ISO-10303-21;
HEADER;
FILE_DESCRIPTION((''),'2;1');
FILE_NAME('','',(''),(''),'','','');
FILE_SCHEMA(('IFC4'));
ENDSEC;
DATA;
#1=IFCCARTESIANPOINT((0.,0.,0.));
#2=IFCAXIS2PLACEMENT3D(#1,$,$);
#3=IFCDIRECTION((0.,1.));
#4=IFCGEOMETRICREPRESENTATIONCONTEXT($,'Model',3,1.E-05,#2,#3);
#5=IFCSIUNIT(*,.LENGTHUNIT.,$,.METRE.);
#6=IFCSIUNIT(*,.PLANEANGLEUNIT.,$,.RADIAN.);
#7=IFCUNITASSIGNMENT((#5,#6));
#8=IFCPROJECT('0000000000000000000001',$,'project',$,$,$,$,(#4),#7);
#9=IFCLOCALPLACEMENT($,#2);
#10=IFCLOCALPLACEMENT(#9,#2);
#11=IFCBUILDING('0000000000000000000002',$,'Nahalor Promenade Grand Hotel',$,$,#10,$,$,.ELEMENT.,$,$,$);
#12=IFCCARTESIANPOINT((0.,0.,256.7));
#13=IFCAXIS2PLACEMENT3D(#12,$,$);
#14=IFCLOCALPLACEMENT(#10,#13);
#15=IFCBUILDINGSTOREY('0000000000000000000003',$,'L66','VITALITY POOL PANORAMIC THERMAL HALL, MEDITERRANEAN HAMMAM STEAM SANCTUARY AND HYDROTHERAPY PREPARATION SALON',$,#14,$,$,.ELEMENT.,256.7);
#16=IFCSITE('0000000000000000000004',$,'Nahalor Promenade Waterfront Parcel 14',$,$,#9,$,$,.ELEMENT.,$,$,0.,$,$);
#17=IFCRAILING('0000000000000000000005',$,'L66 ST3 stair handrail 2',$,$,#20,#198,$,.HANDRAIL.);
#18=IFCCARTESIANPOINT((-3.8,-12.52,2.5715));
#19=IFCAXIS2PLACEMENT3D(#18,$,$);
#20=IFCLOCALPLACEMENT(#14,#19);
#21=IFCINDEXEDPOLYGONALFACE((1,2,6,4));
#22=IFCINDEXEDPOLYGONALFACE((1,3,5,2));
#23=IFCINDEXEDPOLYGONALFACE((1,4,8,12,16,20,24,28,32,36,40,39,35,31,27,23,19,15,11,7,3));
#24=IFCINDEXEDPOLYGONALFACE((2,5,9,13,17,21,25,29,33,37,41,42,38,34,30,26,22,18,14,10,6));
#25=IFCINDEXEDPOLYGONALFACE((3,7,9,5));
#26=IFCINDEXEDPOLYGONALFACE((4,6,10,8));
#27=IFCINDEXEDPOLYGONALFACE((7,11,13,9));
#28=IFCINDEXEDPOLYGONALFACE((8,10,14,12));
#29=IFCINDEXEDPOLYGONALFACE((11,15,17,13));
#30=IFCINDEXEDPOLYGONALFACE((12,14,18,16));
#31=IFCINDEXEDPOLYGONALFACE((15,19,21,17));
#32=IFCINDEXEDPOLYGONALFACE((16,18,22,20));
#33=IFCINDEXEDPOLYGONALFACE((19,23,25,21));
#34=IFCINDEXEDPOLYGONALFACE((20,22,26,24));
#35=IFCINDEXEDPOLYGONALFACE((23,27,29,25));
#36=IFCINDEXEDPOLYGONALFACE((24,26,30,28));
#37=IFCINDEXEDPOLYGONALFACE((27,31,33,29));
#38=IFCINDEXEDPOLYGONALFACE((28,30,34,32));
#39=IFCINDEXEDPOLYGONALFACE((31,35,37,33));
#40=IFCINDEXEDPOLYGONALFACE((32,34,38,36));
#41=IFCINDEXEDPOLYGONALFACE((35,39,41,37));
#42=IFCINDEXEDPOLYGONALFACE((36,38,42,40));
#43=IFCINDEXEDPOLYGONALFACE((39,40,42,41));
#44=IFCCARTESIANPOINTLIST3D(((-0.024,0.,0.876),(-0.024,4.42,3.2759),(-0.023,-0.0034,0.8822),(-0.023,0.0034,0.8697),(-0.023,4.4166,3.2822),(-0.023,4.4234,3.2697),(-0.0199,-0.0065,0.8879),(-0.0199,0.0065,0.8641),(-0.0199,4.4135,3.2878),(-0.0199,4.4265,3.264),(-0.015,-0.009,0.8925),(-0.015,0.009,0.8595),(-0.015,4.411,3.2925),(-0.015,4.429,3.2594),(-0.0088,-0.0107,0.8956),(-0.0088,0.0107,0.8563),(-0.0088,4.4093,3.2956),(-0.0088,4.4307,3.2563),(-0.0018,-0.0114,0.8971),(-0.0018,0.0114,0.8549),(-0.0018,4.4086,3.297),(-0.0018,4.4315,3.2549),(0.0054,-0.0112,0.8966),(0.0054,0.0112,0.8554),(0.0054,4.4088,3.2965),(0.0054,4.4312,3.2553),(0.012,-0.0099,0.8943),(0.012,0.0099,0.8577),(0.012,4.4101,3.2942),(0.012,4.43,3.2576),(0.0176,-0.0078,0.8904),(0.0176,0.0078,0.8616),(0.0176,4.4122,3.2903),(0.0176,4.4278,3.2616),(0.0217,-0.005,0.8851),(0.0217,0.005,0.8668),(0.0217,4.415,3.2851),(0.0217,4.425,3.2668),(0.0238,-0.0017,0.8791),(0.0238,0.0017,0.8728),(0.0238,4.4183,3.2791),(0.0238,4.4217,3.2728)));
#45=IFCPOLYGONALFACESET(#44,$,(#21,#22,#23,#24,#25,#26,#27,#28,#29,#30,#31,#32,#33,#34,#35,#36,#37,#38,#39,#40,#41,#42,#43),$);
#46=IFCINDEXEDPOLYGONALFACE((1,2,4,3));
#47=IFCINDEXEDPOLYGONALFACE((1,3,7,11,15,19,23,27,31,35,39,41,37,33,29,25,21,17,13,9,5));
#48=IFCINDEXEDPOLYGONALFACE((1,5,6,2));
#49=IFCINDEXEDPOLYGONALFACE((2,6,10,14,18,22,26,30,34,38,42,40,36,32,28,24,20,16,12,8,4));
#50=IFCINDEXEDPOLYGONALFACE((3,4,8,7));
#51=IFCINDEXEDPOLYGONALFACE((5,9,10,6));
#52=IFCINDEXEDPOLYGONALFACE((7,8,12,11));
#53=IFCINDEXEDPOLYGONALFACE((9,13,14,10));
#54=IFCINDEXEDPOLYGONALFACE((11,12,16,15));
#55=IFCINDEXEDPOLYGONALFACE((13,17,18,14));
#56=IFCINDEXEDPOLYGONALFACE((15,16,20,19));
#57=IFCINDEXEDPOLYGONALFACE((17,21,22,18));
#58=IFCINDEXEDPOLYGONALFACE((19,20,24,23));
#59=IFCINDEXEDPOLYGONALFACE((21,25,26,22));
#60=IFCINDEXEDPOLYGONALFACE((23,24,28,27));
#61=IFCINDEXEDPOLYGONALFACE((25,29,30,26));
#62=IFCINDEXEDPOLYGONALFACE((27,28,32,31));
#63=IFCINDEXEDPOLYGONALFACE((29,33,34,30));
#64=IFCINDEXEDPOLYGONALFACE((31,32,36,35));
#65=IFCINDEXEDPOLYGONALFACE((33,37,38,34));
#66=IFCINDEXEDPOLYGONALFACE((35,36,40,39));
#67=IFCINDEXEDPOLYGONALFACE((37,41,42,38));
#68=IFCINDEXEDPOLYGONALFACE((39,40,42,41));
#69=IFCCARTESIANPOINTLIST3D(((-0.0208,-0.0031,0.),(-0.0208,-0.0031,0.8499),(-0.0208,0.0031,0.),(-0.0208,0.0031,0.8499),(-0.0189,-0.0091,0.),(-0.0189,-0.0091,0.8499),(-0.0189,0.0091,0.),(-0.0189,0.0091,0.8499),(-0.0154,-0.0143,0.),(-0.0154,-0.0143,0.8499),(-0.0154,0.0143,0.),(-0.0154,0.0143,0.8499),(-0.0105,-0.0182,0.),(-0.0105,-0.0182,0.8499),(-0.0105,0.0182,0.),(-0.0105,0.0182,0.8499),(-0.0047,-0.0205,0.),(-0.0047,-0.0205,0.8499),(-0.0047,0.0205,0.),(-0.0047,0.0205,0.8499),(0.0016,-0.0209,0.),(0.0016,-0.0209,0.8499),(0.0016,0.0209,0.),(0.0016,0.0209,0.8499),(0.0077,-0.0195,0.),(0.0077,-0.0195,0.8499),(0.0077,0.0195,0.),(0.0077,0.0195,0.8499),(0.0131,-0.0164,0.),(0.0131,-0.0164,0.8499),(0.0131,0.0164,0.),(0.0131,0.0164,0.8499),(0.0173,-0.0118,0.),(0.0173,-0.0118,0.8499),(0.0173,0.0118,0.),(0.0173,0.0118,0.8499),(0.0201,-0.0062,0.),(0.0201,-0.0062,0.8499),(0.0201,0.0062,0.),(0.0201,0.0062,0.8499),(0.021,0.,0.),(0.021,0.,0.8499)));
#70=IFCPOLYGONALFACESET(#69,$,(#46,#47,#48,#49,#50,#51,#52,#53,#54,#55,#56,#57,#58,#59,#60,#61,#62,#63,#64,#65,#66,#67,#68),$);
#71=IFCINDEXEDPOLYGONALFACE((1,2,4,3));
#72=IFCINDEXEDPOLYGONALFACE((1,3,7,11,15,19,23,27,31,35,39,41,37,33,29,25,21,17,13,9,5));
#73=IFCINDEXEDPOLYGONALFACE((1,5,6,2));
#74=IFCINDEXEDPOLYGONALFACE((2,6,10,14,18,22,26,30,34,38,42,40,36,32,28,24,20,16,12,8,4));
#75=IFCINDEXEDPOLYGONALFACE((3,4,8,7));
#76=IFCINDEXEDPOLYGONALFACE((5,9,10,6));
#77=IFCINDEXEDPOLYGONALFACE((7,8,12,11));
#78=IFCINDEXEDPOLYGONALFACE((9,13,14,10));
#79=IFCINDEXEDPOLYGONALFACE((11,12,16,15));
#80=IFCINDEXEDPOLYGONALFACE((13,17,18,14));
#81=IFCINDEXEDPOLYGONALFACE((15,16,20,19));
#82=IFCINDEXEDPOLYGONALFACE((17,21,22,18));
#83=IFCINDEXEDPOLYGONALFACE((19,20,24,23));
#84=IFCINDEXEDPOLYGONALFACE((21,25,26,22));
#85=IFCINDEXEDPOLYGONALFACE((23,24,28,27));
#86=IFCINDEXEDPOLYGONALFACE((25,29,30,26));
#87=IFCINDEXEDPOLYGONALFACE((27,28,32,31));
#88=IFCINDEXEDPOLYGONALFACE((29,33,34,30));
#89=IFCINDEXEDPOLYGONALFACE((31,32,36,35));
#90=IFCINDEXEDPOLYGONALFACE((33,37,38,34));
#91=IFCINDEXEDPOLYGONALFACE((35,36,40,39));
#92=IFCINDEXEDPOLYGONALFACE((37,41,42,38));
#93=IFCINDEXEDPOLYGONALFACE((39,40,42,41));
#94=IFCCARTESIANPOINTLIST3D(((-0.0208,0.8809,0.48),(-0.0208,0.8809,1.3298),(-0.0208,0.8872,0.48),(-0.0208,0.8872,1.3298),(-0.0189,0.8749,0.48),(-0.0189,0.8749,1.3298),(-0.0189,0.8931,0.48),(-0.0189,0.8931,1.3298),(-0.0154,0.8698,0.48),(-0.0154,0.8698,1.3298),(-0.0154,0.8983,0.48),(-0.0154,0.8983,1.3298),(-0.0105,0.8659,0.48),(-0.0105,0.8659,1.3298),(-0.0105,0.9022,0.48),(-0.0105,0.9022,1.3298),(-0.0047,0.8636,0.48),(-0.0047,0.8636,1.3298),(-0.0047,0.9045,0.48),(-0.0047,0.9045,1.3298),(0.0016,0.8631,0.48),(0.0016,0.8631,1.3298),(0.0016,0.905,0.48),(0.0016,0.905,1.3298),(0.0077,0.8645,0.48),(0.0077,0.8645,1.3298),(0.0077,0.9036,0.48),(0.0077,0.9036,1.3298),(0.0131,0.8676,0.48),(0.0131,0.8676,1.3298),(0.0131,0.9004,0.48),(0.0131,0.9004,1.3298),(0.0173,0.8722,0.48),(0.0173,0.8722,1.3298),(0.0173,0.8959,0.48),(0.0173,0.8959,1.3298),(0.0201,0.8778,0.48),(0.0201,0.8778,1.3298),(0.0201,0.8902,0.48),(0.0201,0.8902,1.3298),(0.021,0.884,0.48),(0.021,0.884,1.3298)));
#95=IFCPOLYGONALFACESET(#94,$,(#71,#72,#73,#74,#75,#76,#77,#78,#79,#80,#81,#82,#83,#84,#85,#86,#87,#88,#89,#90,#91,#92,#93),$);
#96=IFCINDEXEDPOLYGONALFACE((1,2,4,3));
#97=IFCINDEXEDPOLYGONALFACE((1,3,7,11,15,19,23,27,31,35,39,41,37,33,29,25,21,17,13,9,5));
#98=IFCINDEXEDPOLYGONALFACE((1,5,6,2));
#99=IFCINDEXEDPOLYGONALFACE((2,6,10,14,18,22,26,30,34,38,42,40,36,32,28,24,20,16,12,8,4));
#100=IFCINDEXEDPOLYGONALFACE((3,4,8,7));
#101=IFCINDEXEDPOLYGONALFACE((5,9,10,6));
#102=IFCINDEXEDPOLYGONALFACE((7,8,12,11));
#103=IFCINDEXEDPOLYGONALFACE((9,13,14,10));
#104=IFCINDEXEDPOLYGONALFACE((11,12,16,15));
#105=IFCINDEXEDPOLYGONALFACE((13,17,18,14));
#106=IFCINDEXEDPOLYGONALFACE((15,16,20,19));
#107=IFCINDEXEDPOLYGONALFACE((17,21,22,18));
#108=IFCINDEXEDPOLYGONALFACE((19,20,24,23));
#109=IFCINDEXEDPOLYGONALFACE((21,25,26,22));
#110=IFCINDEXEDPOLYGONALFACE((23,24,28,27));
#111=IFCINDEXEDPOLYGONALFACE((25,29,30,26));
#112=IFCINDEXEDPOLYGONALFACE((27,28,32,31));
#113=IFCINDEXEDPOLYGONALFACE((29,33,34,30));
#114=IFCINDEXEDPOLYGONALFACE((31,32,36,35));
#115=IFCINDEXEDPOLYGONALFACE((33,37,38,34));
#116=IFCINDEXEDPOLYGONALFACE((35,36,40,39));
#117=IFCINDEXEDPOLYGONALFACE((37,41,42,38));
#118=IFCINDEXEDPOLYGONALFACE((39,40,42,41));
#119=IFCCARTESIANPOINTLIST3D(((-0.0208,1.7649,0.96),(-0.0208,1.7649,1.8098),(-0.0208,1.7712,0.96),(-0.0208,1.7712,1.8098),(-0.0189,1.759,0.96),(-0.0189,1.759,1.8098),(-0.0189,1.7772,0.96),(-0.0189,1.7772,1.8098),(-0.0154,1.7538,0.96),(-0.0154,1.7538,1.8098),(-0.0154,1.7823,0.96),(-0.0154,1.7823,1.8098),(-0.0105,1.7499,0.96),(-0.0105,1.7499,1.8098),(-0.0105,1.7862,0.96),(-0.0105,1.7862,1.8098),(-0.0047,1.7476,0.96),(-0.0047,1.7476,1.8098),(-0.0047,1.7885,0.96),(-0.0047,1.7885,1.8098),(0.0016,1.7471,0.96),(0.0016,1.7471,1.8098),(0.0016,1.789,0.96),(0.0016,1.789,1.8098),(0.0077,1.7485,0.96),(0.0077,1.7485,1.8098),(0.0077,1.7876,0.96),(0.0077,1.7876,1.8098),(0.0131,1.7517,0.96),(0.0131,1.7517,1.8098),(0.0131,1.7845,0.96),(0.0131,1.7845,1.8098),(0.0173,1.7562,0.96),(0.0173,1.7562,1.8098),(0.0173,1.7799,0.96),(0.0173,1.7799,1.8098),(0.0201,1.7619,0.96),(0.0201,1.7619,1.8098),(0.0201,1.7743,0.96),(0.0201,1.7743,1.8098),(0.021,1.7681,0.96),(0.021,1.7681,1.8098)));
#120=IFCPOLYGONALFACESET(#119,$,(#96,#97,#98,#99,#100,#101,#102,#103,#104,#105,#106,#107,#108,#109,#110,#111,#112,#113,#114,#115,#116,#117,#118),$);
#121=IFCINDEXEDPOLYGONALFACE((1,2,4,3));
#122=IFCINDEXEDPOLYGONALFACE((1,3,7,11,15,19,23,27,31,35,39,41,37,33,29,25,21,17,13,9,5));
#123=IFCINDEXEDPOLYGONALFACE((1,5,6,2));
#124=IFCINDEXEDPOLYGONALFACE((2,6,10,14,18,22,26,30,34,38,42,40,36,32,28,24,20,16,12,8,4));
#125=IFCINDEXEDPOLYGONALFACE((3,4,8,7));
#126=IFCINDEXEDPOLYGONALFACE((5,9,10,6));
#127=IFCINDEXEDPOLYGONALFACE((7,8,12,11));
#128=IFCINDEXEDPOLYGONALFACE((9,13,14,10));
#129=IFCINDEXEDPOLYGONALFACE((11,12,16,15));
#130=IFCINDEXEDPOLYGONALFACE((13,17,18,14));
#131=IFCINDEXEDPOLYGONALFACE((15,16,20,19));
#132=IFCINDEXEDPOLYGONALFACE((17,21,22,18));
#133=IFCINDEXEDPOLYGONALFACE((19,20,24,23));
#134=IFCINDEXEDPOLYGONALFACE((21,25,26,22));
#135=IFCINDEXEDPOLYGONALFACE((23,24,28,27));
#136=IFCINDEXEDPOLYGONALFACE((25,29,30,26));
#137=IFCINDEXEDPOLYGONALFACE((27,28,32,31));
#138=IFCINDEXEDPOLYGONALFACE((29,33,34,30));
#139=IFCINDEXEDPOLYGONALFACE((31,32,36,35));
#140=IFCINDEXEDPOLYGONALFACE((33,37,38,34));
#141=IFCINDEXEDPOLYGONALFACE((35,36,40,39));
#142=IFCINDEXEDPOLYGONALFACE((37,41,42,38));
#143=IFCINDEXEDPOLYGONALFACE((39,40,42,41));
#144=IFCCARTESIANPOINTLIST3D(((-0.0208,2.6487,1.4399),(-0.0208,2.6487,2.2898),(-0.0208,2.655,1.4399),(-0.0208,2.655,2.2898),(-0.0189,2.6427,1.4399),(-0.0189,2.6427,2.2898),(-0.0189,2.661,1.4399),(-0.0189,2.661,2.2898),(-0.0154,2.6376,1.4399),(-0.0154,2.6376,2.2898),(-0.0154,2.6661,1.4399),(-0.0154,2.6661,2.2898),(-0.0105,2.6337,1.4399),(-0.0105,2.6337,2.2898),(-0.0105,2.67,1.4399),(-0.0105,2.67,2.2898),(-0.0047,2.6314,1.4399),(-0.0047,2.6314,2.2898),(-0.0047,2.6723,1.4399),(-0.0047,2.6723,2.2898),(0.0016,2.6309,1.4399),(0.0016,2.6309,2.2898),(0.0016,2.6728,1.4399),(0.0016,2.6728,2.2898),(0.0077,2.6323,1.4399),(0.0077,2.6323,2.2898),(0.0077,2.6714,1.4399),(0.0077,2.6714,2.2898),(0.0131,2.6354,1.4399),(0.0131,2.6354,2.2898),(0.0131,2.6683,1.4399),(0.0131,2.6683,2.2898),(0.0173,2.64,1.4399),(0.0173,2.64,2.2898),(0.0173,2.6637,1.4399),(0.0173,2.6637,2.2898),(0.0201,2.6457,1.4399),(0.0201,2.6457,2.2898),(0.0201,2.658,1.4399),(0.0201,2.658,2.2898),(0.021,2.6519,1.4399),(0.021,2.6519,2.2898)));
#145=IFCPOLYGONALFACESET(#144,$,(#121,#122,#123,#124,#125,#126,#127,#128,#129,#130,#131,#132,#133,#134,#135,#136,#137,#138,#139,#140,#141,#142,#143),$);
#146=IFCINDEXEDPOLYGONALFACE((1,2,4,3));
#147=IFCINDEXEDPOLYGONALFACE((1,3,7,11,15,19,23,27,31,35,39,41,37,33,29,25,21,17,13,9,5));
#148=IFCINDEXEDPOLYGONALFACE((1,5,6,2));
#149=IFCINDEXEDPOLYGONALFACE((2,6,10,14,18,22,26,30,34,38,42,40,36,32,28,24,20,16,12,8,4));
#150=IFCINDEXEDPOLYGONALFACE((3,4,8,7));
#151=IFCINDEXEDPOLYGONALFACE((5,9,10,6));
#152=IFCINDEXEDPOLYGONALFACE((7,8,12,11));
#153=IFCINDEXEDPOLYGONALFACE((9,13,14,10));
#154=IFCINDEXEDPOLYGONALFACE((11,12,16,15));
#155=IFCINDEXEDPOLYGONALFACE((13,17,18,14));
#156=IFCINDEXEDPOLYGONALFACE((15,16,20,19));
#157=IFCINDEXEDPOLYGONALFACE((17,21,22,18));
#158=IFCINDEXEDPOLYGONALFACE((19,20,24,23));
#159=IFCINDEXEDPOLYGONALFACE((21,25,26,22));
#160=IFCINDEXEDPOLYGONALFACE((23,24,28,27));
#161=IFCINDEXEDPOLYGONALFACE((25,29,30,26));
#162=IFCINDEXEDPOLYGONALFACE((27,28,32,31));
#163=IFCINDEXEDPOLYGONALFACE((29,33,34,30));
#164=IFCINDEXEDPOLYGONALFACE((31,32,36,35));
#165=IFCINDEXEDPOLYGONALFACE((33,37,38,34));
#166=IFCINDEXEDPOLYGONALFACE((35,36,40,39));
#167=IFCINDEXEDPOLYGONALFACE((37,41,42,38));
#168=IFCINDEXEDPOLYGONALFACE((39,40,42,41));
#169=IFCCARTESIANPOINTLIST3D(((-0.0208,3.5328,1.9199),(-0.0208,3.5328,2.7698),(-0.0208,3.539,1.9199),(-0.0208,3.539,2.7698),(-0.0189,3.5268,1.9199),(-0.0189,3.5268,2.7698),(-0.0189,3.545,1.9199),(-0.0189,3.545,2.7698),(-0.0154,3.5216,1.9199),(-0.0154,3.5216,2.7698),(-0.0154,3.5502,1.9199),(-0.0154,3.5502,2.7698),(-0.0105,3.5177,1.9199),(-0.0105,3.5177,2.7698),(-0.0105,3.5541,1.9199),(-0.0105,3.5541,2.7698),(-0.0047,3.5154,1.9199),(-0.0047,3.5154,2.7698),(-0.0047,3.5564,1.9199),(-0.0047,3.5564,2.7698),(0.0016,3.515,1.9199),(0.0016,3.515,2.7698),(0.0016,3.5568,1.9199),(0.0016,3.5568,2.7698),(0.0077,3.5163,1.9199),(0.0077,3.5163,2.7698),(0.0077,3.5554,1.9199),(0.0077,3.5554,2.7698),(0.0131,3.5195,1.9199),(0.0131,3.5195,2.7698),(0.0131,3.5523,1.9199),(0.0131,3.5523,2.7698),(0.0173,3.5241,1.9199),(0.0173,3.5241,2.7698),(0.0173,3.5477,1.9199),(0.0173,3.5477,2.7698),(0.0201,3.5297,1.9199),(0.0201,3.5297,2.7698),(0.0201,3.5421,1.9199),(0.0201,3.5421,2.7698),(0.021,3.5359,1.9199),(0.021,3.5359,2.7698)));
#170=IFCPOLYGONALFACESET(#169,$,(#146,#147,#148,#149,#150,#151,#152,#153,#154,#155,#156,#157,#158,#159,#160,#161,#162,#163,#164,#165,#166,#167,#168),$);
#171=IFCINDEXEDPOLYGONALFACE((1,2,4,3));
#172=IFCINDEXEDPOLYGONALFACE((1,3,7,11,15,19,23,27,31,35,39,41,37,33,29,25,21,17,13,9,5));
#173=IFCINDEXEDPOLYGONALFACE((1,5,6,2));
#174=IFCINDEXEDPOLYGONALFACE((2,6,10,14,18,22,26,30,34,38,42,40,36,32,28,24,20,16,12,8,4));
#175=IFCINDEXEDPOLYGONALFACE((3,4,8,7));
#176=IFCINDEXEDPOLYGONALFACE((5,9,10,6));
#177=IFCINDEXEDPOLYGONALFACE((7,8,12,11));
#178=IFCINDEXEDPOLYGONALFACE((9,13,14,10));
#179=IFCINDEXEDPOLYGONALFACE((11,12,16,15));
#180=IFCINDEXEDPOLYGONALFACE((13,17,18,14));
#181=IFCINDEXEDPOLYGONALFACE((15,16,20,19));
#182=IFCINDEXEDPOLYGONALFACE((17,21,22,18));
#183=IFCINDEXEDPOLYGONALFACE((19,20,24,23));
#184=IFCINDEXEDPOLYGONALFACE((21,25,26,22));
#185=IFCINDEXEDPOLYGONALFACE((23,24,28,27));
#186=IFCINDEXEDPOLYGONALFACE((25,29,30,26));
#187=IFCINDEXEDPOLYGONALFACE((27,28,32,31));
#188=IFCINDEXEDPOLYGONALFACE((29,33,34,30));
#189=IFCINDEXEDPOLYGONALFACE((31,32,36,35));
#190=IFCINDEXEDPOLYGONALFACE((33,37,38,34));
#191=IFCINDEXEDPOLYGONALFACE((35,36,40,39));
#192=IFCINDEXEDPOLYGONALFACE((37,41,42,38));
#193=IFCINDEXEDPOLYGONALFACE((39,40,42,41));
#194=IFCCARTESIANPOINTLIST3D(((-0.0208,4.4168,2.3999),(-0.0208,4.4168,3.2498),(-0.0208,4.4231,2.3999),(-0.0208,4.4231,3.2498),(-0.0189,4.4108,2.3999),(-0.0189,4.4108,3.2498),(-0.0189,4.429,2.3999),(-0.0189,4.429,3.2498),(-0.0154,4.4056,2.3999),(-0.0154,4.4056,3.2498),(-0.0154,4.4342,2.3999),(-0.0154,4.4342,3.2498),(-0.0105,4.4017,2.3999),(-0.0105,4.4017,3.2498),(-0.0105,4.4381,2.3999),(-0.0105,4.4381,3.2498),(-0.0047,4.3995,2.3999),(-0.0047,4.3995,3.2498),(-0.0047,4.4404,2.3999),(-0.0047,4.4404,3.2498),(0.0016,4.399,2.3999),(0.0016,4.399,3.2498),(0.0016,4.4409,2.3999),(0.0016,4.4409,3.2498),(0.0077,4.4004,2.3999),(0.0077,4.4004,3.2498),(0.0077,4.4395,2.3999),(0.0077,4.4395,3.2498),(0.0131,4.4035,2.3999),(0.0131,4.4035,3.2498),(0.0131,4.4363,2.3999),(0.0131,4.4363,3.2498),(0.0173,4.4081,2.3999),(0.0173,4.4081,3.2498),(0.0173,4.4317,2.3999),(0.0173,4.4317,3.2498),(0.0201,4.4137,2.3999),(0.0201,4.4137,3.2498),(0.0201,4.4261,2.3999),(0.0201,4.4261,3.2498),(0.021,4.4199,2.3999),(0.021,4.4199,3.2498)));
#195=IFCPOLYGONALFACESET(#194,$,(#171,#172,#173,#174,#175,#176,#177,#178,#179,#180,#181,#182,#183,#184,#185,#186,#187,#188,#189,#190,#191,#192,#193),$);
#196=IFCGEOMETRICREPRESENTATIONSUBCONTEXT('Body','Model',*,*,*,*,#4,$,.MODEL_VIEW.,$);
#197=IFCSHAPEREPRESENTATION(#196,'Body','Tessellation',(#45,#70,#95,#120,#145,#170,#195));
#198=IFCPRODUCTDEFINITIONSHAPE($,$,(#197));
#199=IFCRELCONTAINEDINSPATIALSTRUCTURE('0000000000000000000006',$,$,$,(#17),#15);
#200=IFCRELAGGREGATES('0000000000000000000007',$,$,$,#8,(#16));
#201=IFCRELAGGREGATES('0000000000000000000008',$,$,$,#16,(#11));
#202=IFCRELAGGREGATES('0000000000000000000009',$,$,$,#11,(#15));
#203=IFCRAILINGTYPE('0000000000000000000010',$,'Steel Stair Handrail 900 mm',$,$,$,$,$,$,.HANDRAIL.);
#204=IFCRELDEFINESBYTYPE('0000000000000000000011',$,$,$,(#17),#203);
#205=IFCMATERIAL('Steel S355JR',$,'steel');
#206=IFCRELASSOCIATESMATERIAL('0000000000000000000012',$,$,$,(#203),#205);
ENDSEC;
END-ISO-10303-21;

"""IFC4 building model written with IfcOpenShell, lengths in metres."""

from ifc_helpers import new_model, si_unit, direction, frame, origin, origin_2d, place, context, subcontext, project, spatial, circle, extrude, material, type_object, element, save


model = new_model("IFC4")

# Units and contexts
model_context = context("Model", 3, precision=1e-05, world=origin(), true_north=direction((0.0, 1.0)))
body_context = subcontext(model_context, "Body", "Model", "MODEL_VIEW")
ifc_project = project(units=[si_unit("LENGTHUNIT", "METRE"), si_unit("PLANEANGLEUNIT", "RADIAN")], contexts=[model_context])

# Site, building, storey
site_placement = place(None, origin())
site = spatial("IfcSite", under=ifc_project, at=site_placement, Name="Nahalor Promenade Waterfront Parcel 14", CompositionType="ELEMENT", RefElevation=0.0)
building_placement = place(site_placement, origin())
building = spatial("IfcBuilding", under=site, at=building_placement, Name="Nahalor Promenade Grand Hotel", CompositionType="ELEMENT")
storey_placement = place(building_placement, frame((0.0, 0.0, 256.7)))
storey = spatial("IfcBuildingStorey", under=building, at=storey_placement, Name="L66", Description="VITALITY POOL PANORAMIC THERMAL HALL, MEDITERRANEAN HAMMAM STEAM SANCTUARY AND HYDROTHERAPY PREPARATION SALON", CompositionType="ELEMENT", Elevation=256.7)

# Shared definitions
ifc_material_1 = material(Name="Steel S355JR", Category="steel")

# Railing
railing_type_1 = type_object("IfcRailingType", Name="Steel Stair Handrail 900 mm", PredefinedType="HANDRAIL", material=ifc_material_1)
railing_1_placement = place(storey_placement, frame((-3.8, -12.52, 2.5715)))
element("IfcRailing", 1, at=railing_1_placement, inside=storey, type_object=railing_type_1, Name="L66 ST3 stair handrail 2", PredefinedType="HANDRAIL", context=body_context, shape_type="SweptSolid", body=[
    extrude(circle(Radius=0.024, at=origin_2d()), frame((0.0, 0.0, 0.876), z_axis=(0.0, 0.87881, 0.477171), x_axis=(-1.0, 0.0, 0.0)), (0.0, 0.0, 1.0), 5.0295),
    extrude(circle(Radius=0.021, at=origin_2d()), origin(), (0.0, 0.0, 1.0), 0.8499),
    extrude(circle(Radius=0.021, at=origin_2d()), frame((0.0, 0.884, 0.48)), (0.0, 0.0, 1.0), 0.8499),
    extrude(circle(Radius=0.021, at=origin_2d()), frame((0.0, 1.7681, 0.96)), (0.0, 0.0, 1.0), 0.8499),
    extrude(circle(Radius=0.021, at=origin_2d()), frame((0.0, 2.6519, 1.4399)), (0.0, 0.0, 1.0), 0.8499),
    extrude(circle(Radius=0.021, at=origin_2d()), frame((0.0, 3.5359, 1.9199)), (0.0, 0.0, 1.0), 0.8499),
    extrude(circle(Radius=0.021, at=origin_2d()), frame((0.0, 4.4199, 2.3999)), (0.0, 0.0, 1.0), 0.8499),
])

save(model, "model.ifc")
